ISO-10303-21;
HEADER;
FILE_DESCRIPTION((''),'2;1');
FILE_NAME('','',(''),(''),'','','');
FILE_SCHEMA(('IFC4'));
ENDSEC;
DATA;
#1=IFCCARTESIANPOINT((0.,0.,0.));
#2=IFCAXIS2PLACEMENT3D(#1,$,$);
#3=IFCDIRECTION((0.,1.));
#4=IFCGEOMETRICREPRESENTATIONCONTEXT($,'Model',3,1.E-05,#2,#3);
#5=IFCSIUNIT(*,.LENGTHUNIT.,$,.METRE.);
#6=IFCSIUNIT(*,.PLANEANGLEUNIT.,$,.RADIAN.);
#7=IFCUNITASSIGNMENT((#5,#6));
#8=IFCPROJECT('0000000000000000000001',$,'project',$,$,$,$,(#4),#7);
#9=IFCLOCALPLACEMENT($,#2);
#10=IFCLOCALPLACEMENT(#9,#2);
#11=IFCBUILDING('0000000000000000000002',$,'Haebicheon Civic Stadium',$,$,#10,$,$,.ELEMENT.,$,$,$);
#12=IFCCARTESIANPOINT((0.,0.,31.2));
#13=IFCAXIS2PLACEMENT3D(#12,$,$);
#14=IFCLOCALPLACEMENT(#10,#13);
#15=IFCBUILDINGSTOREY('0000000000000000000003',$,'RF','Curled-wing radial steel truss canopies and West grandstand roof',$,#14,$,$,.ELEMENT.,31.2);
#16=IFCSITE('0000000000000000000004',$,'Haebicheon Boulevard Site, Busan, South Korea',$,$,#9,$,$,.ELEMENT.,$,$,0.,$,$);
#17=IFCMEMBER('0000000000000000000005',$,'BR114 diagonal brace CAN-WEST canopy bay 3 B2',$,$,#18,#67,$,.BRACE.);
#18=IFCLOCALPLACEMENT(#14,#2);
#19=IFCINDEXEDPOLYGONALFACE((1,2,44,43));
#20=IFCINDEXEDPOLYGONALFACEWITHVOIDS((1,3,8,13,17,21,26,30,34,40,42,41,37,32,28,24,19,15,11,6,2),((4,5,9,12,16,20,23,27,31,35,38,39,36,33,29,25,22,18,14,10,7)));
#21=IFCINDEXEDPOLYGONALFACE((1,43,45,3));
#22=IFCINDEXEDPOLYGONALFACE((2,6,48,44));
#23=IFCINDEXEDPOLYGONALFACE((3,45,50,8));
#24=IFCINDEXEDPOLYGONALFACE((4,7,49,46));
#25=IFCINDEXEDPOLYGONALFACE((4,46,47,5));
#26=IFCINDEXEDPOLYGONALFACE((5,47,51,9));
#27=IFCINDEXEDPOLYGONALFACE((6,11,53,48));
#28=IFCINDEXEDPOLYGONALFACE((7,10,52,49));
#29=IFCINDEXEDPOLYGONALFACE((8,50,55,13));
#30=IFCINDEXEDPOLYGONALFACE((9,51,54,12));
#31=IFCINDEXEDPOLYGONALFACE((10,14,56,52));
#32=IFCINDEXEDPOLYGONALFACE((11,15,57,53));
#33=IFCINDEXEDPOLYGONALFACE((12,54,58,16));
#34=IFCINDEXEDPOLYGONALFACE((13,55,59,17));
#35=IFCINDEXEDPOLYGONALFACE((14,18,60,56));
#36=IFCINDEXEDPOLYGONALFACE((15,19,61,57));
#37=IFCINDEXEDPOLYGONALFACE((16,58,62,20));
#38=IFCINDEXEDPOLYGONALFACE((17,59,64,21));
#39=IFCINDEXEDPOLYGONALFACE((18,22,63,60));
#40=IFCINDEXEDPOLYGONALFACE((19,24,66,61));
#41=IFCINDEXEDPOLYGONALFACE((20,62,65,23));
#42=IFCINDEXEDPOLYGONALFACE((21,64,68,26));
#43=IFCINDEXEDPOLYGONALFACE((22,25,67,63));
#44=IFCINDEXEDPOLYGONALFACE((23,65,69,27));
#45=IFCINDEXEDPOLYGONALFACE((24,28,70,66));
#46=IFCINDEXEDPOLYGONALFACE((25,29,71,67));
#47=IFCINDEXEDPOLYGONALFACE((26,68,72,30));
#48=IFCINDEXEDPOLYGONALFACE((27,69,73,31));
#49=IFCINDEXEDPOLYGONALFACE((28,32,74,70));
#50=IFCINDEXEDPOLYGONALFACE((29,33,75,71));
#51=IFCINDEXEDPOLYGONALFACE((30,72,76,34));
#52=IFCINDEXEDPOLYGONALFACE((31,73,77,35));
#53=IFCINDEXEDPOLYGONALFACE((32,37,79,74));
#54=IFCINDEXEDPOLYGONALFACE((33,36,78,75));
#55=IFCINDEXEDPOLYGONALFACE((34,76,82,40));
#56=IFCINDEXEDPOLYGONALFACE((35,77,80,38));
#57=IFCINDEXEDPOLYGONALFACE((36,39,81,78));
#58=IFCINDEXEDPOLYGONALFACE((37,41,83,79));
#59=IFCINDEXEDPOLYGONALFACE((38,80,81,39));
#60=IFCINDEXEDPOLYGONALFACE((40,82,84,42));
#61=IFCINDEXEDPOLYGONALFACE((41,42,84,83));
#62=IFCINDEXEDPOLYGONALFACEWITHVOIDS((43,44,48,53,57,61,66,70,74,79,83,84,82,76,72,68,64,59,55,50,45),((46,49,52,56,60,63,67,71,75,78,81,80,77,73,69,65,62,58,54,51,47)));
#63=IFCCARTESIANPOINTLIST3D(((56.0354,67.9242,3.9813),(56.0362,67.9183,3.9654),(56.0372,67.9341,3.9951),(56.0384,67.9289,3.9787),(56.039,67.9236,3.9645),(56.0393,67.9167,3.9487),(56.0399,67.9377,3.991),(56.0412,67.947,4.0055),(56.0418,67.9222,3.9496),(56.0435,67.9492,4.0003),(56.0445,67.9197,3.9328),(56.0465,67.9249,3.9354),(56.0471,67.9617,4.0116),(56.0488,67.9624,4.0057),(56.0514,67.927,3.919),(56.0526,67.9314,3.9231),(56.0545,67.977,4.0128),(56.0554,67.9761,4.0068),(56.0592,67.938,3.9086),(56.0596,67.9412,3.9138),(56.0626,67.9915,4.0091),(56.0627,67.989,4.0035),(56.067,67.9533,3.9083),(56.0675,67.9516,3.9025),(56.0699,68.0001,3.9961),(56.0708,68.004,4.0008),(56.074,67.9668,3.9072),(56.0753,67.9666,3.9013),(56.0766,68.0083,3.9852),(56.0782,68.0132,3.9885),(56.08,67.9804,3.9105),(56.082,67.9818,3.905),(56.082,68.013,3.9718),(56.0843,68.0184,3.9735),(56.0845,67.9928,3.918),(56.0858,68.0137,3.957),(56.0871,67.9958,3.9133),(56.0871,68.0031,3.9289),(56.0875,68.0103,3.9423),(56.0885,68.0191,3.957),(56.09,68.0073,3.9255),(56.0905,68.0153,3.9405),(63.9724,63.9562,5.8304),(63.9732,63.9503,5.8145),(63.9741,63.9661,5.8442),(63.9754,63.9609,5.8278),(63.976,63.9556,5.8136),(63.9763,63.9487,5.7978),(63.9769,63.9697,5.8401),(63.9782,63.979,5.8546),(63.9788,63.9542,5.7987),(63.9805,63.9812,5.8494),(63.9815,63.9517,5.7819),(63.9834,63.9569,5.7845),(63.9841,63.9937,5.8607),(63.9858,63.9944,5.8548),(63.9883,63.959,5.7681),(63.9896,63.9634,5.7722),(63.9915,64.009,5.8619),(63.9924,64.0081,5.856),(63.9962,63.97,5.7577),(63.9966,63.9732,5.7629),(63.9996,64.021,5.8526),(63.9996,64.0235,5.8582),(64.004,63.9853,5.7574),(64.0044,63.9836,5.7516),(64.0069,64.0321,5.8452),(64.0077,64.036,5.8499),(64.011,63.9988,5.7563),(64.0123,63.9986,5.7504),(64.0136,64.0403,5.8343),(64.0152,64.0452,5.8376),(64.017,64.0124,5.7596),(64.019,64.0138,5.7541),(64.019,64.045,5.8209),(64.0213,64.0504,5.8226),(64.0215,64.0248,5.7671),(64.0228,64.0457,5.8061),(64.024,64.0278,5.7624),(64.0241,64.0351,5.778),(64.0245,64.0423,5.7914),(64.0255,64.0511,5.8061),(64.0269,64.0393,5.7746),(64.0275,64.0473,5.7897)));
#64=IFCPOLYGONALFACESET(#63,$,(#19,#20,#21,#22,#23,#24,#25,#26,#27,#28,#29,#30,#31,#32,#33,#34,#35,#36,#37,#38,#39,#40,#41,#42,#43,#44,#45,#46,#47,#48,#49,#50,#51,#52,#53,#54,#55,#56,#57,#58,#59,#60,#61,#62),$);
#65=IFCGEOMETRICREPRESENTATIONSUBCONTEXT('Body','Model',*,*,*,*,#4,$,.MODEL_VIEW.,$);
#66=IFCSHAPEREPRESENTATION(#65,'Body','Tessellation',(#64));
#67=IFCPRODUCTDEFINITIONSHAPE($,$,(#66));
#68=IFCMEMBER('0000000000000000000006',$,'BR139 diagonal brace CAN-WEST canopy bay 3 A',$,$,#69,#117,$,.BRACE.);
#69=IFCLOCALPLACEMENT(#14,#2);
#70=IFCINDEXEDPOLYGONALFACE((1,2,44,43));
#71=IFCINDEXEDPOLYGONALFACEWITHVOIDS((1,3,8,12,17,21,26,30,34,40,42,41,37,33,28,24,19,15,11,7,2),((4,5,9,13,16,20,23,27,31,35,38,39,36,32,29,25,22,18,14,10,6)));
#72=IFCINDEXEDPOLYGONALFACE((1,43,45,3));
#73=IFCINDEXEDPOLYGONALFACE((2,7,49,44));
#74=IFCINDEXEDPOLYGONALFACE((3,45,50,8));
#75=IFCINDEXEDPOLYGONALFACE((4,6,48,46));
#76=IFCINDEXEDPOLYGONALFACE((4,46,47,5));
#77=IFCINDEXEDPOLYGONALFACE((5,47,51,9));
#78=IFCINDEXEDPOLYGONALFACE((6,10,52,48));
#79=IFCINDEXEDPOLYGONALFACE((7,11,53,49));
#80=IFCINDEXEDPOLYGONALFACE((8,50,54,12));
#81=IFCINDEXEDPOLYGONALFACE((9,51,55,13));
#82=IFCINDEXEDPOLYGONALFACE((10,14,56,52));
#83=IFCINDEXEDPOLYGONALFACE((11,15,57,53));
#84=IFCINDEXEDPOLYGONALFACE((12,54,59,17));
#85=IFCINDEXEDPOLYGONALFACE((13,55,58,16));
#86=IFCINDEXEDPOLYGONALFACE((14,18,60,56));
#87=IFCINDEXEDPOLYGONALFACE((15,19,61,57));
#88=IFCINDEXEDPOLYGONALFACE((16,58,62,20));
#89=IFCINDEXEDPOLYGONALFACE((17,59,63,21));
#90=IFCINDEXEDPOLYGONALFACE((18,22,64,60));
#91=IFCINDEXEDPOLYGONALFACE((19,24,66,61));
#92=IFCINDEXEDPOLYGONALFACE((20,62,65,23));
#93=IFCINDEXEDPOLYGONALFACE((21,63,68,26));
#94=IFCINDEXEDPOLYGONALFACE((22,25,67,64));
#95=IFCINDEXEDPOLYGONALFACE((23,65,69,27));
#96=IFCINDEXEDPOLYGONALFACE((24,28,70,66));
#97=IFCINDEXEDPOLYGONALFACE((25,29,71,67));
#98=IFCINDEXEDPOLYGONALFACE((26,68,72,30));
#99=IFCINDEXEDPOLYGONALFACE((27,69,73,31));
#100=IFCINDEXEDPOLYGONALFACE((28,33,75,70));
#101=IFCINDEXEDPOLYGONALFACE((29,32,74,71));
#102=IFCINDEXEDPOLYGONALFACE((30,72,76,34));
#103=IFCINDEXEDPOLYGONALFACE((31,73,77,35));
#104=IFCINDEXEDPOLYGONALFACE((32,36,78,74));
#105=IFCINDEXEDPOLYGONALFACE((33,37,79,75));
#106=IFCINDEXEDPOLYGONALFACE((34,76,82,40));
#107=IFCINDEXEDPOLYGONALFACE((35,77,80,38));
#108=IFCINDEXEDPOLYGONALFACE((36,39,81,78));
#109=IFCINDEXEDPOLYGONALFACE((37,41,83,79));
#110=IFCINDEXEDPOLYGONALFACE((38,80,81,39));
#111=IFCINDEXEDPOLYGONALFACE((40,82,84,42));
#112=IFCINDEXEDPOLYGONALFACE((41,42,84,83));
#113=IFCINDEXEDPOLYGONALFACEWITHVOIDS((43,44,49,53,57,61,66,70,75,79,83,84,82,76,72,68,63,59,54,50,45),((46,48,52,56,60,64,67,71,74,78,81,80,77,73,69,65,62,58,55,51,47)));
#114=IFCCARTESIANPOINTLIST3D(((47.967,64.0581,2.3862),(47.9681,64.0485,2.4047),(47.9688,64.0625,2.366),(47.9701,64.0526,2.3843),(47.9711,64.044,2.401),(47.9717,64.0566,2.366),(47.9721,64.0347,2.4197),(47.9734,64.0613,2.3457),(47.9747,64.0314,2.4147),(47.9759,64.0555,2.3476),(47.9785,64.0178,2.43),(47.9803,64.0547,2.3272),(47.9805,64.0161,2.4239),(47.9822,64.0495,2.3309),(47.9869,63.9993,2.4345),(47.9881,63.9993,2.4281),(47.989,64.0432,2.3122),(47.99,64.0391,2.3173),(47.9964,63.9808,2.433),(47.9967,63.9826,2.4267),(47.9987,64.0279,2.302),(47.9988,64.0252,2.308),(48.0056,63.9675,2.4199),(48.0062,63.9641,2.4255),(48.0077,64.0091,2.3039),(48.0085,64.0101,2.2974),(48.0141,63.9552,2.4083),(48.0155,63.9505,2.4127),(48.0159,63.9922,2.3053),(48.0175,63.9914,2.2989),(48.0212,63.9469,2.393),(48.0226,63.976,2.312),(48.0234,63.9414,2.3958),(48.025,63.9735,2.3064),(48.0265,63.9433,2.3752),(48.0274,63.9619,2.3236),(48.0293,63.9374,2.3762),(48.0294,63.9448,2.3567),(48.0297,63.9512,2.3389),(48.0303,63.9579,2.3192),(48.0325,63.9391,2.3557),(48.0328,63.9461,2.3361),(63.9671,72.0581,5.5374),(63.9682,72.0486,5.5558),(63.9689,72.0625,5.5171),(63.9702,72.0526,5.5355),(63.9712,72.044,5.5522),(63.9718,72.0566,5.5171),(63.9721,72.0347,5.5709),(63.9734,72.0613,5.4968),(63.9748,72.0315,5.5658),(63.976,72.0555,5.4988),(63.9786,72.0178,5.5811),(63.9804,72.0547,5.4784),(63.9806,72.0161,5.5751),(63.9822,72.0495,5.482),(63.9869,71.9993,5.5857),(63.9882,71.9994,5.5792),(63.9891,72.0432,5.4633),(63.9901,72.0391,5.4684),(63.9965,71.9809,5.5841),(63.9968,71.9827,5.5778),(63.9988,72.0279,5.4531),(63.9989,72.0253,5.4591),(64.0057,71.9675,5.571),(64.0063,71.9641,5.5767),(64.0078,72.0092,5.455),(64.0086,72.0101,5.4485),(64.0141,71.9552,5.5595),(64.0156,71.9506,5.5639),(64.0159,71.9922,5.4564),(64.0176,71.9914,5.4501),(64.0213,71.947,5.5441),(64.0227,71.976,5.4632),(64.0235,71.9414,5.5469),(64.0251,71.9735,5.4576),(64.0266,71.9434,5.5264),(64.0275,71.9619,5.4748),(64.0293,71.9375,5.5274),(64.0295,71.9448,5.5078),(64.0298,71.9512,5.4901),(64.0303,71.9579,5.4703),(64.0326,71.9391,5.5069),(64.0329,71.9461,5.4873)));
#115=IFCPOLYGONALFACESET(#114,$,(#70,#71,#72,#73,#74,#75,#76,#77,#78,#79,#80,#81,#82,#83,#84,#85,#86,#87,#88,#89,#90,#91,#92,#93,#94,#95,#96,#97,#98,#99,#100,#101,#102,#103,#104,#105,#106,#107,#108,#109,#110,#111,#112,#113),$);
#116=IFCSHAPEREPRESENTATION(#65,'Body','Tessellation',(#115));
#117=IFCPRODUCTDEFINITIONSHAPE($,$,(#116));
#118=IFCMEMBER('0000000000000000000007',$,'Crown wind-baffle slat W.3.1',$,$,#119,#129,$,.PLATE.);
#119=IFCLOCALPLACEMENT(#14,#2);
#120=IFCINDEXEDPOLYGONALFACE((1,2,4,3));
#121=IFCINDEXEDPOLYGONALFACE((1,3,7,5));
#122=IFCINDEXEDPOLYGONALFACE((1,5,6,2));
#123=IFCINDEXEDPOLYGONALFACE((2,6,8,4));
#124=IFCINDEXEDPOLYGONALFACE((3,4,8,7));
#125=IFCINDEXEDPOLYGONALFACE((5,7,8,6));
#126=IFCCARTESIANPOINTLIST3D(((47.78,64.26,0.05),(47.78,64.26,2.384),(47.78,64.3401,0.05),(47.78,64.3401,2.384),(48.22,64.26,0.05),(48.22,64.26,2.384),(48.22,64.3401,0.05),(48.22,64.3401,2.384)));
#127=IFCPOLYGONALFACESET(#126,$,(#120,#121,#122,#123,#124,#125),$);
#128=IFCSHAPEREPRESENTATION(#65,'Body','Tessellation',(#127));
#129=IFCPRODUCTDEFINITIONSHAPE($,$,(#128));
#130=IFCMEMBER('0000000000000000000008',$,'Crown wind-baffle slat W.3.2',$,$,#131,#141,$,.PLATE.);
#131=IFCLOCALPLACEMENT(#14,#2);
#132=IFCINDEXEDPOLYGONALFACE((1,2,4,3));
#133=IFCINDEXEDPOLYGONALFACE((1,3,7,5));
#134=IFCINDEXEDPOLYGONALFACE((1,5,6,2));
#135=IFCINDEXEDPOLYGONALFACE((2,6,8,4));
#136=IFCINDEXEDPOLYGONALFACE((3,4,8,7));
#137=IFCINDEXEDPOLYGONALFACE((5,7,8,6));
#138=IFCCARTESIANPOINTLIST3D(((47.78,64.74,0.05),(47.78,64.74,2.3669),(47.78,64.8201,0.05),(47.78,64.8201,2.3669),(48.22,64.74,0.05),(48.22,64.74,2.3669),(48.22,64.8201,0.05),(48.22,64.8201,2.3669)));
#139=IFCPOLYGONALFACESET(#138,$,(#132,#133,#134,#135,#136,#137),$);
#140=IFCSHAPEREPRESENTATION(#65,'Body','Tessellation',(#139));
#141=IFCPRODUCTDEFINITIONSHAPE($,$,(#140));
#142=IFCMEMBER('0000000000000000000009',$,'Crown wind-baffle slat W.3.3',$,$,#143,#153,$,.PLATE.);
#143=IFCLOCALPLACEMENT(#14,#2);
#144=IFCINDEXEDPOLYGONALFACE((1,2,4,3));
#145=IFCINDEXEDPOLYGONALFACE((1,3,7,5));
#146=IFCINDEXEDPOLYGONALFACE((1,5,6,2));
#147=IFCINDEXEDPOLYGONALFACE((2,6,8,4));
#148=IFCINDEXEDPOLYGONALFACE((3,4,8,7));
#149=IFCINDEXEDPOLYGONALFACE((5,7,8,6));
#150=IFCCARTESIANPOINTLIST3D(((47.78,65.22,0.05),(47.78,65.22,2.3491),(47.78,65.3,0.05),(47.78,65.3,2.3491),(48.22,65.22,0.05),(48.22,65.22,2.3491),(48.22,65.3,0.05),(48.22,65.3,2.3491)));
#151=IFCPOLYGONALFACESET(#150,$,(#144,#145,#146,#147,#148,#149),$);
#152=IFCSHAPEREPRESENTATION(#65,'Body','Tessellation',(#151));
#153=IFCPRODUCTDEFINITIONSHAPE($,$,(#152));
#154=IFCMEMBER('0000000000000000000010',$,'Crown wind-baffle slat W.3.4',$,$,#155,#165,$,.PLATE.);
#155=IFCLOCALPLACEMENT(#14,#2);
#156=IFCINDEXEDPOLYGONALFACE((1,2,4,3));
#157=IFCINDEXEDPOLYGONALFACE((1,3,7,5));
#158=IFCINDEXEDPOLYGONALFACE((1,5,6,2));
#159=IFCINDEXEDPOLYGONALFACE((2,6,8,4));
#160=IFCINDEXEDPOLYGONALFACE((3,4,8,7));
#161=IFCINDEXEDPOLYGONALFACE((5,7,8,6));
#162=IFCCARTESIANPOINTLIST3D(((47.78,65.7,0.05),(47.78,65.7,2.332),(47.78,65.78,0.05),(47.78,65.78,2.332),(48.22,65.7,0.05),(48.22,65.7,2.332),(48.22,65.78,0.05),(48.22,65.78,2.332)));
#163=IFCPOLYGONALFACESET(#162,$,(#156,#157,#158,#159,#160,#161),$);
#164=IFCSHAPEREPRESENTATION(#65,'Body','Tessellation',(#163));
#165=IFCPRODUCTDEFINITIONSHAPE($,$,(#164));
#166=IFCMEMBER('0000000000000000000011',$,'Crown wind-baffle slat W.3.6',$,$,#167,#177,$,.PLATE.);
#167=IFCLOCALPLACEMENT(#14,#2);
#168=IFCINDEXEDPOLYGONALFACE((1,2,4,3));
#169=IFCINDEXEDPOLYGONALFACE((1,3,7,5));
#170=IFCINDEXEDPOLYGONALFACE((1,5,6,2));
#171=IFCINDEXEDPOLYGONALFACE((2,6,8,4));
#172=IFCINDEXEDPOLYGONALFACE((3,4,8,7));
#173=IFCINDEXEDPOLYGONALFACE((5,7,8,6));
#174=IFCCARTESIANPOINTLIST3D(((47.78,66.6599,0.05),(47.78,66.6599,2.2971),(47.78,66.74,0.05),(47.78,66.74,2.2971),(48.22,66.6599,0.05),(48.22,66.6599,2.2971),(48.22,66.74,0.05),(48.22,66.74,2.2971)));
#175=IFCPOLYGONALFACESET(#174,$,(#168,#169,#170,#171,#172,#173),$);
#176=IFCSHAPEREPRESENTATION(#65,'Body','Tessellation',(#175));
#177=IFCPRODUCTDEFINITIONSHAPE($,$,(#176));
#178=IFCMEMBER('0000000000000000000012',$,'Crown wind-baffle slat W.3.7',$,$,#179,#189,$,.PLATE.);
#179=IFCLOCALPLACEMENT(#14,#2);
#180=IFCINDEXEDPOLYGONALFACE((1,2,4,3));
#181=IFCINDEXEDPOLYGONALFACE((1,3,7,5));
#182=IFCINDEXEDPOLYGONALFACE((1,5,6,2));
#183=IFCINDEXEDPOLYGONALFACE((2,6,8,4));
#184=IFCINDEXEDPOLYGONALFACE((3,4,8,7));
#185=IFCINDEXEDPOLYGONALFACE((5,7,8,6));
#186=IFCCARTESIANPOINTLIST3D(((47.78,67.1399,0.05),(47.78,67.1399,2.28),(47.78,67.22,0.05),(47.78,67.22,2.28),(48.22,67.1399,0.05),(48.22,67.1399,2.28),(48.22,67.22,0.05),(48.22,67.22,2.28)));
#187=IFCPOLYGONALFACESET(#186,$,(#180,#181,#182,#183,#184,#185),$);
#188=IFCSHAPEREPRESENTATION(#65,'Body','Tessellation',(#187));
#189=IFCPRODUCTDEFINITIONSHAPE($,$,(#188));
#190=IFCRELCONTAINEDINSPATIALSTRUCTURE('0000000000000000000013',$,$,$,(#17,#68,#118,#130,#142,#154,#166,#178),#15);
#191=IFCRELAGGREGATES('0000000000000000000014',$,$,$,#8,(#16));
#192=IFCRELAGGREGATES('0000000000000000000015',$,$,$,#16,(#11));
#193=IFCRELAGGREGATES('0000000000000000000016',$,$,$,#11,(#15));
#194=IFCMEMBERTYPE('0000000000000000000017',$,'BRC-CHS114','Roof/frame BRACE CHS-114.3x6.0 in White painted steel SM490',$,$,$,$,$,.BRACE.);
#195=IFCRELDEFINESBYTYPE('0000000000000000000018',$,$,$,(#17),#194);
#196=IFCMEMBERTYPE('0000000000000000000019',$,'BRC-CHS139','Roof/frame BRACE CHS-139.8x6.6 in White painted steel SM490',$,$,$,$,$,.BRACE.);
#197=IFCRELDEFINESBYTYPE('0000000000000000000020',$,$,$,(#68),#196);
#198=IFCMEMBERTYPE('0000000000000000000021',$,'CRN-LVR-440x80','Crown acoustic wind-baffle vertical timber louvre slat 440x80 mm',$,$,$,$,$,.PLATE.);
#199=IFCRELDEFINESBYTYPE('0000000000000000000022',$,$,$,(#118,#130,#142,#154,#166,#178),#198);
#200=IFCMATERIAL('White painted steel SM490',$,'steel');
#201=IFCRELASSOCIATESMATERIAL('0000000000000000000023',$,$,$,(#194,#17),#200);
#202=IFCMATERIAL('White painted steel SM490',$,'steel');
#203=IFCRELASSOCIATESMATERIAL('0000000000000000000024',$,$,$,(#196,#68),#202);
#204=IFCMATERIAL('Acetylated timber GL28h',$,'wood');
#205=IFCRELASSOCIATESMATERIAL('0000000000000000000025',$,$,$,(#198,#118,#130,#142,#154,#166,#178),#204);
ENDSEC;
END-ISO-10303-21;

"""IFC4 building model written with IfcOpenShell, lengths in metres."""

from ifc_helpers import new_model, si_unit, direction, frame, origin, origin_2d, place, context, subcontext, project, spatial, rectangle, hollow_circle, extrude, material, material_profile, profile_set, type_object, element, save


model = new_model("IFC4")

# Units and contexts
model_context = context("Model", 3, precision=1e-05, world=origin(), true_north=direction((0.0, 1.0)))
body_context = subcontext(model_context, "Body", "Model", "MODEL_VIEW")
ifc_project = project(units=[si_unit("LENGTHUNIT", "METRE"), si_unit("PLANEANGLEUNIT", "RADIAN")], contexts=[model_context])

# Site, building, storey
site_placement = place(None, origin())
site = spatial("IfcSite", under=ifc_project, at=site_placement, Name="Haebicheon Boulevard Site, Busan, South Korea", CompositionType="ELEMENT", RefElevation=0.0)
building_placement = place(site_placement, origin())
building = spatial("IfcBuilding", under=site, at=building_placement, Name="Haebicheon Civic Stadium", CompositionType="ELEMENT")
storey_placement = place(building_placement, frame((0.0, 0.0, 31.2)))
storey = spatial("IfcBuildingStorey", under=building, at=storey_placement, Name="RF", Description="Curled-wing radial steel truss canopies and West grandstand roof", CompositionType="ELEMENT", Elevation=31.2)

# Members
ifc_material_1 = material(Name="White painted steel SM490", Category="steel")
ifc_material_profile_1 = material_profile(ifc_material_1, hollow_circle(Radius=0.0571, WallThickness=0.0061, at=origin_2d()), Name="CHS-114.3x6.0")
ifc_profile_set_1 = profile_set([ifc_material_profile_1], Name="White painted steel SM490")
member_type_1 = type_object("IfcMemberType", Name="BRC-CHS114", Description="Roof/frame BRACE CHS-114.3x6.0 in White painted steel SM490", PredefinedType="BRACE", material=ifc_profile_set_1)
member_1_placement = place(storey_placement, frame((56.063, 67.968, 3.957), z_axis=(0.875639, -0.437766, 0.204002), x_axis=(0.44717, 0.894449, 0.0)))
element("IfcMember", 1, at=member_1_placement, inside=storey, type_object=member_type_1, material=ifc_profile_set_1, Name="BR114 diagonal brace CAN-WEST canopy bay 3 B2", PredefinedType="BRACE", context=body_context, shape_type="SweptSolid", body=[
    extrude(hollow_circle(Radius=0.0571, WallThickness=0.0061, at=origin_2d()), origin(), (0.0, 0.0, 1.0), 9.0642),
])
ifc_material_2 = material(Name="White painted steel SM490", Category="steel")
ifc_material_profile_2 = material_profile(ifc_material_2, hollow_circle(Radius=0.0698, WallThickness=0.0066, at=origin_2d()), Name="CHS-139.8x6.6")
ifc_profile_set_2 = profile_set([ifc_material_profile_2], Name="White painted steel SM490")
member_type_2 = type_object("IfcMemberType", Name="BRC-CHS139", Description="Roof/frame BRACE CHS-139.8x6.6 in White painted steel SM490", PredefinedType="BRACE", material=ifc_profile_set_2)
member_2_placement = place(storey_placement, frame((48.0, 64.0, 2.366), z_axis=(0.880865, 0.440433, 0.173482), x_axis=(-0.447214, 0.894427, 0.0)))
element("IfcMember", 2, at=member_2_placement, inside=storey, type_object=member_type_2, material=ifc_profile_set_2, Name="BR139 diagonal brace CAN-WEST canopy bay 3 A", PredefinedType="BRACE", context=body_context, shape_type="SweptSolid", body=[
    extrude(hollow_circle(Radius=0.0698, WallThickness=0.0066, at=origin_2d()), origin(), (0.0, 0.0, 1.0), 18.1641),
])
ifc_material_3 = material(Name="Acetylated timber GL28h", Category="wood")
ifc_material_profile_3 = material_profile(ifc_material_3, rectangle(XDim=0.0801, YDim=0.4399, at=origin_2d()), Name="TMB-LOUV-80x440")
ifc_profile_set_3 = profile_set([ifc_material_profile_3], Name="Acetylated timber GL28h")
member_type_3 = type_object("IfcMemberType", Name="CRN-LVR-440x80", Description="Crown acoustic wind-baffle vertical timber louvre slat 440x80 mm", PredefinedType="PLATE", material=ifc_profile_set_3)
member_3_placement = place(storey_placement, frame((48.0, 64.3, 0.05), z_axis=(0.0, 0.0, 1.0), x_axis=(0.0, 1.0, 0.0)))
element("IfcMember", 3, at=member_3_placement, inside=storey, type_object=member_type_3, material=ifc_profile_set_3, Name="Crown wind-baffle slat W.3.1", PredefinedType="PLATE", context=body_context, shape_type="SweptSolid", body=[
    extrude(rectangle(XDim=0.0801, YDim=0.4399, at=origin_2d()), origin(), (0.0, 0.0, 1.0), 2.334),
])
member_4_placement = place(storey_placement, frame((48.0, 64.78, 0.05), z_axis=(0.0, 0.0, 1.0), x_axis=(0.0, 1.0, 0.0)))
element("IfcMember", 4, at=member_4_placement, inside=storey, type_object=member_type_3, material=ifc_profile_set_3, Name="Crown wind-baffle slat W.3.2", PredefinedType="PLATE", context=body_context, shape_type="SweptSolid", body=[
    extrude(rectangle(XDim=0.0801, YDim=0.4399, at=origin_2d()), origin(), (0.0, 0.0, 1.0), 2.3169),
])
member_5_placement = place(storey_placement, frame((48.0, 65.26, 0.05), z_axis=(0.0, 0.0, 1.0), x_axis=(0.0, 1.0, 0.0)))
element("IfcMember", 5, at=member_5_placement, inside=storey, type_object=member_type_3, material=ifc_profile_set_3, Name="Crown wind-baffle slat W.3.3", PredefinedType="PLATE", context=body_context, shape_type="SweptSolid", body=[
    extrude(rectangle(XDim=0.0801, YDim=0.4399, at=origin_2d()), origin(), (0.0, 0.0, 1.0), 2.2991),
])
member_6_placement = place(storey_placement, frame((48.0, 65.74, 0.05), z_axis=(0.0, 0.0, 1.0), x_axis=(0.0, 1.0, 0.0)))
element("IfcMember", 6, at=member_6_placement, inside=storey, type_object=member_type_3, material=ifc_profile_set_3, Name="Crown wind-baffle slat W.3.4", PredefinedType="PLATE", context=body_context, shape_type="SweptSolid", body=[
    extrude(rectangle(XDim=0.0801, YDim=0.4399, at=origin_2d()), origin(), (0.0, 0.0, 1.0), 2.282),
])
member_7_placement = place(storey_placement, frame((48.0, 66.7, 0.05), z_axis=(0.0, 0.0, 1.0), x_axis=(0.0, 1.0, 0.0)))
element("IfcMember", 7, at=member_7_placement, inside=storey, type_object=member_type_3, material=ifc_profile_set_3, Name="Crown wind-baffle slat W.3.6", PredefinedType="PLATE", context=body_context, shape_type="SweptSolid", body=[
    extrude(rectangle(XDim=0.0801, YDim=0.4399, at=origin_2d()), origin(), (0.0, 0.0, 1.0), 2.2471),
])
member_8_placement = place(storey_placement, frame((48.0, 67.1799, 0.05), z_axis=(0.0, 0.0, 1.0), x_axis=(0.0, 1.0, 0.0)))
element("IfcMember", 8, at=member_8_placement, inside=storey, type_object=member_type_3, material=ifc_profile_set_3, Name="Crown wind-baffle slat W.3.7", PredefinedType="PLATE", context=body_context, shape_type="SweptSolid", body=[
    extrude(rectangle(XDim=0.0801, YDim=0.4399, at=origin_2d()), origin(), (0.0, 0.0, 1.0), 2.23),
])

save(model, "model.ifc")
